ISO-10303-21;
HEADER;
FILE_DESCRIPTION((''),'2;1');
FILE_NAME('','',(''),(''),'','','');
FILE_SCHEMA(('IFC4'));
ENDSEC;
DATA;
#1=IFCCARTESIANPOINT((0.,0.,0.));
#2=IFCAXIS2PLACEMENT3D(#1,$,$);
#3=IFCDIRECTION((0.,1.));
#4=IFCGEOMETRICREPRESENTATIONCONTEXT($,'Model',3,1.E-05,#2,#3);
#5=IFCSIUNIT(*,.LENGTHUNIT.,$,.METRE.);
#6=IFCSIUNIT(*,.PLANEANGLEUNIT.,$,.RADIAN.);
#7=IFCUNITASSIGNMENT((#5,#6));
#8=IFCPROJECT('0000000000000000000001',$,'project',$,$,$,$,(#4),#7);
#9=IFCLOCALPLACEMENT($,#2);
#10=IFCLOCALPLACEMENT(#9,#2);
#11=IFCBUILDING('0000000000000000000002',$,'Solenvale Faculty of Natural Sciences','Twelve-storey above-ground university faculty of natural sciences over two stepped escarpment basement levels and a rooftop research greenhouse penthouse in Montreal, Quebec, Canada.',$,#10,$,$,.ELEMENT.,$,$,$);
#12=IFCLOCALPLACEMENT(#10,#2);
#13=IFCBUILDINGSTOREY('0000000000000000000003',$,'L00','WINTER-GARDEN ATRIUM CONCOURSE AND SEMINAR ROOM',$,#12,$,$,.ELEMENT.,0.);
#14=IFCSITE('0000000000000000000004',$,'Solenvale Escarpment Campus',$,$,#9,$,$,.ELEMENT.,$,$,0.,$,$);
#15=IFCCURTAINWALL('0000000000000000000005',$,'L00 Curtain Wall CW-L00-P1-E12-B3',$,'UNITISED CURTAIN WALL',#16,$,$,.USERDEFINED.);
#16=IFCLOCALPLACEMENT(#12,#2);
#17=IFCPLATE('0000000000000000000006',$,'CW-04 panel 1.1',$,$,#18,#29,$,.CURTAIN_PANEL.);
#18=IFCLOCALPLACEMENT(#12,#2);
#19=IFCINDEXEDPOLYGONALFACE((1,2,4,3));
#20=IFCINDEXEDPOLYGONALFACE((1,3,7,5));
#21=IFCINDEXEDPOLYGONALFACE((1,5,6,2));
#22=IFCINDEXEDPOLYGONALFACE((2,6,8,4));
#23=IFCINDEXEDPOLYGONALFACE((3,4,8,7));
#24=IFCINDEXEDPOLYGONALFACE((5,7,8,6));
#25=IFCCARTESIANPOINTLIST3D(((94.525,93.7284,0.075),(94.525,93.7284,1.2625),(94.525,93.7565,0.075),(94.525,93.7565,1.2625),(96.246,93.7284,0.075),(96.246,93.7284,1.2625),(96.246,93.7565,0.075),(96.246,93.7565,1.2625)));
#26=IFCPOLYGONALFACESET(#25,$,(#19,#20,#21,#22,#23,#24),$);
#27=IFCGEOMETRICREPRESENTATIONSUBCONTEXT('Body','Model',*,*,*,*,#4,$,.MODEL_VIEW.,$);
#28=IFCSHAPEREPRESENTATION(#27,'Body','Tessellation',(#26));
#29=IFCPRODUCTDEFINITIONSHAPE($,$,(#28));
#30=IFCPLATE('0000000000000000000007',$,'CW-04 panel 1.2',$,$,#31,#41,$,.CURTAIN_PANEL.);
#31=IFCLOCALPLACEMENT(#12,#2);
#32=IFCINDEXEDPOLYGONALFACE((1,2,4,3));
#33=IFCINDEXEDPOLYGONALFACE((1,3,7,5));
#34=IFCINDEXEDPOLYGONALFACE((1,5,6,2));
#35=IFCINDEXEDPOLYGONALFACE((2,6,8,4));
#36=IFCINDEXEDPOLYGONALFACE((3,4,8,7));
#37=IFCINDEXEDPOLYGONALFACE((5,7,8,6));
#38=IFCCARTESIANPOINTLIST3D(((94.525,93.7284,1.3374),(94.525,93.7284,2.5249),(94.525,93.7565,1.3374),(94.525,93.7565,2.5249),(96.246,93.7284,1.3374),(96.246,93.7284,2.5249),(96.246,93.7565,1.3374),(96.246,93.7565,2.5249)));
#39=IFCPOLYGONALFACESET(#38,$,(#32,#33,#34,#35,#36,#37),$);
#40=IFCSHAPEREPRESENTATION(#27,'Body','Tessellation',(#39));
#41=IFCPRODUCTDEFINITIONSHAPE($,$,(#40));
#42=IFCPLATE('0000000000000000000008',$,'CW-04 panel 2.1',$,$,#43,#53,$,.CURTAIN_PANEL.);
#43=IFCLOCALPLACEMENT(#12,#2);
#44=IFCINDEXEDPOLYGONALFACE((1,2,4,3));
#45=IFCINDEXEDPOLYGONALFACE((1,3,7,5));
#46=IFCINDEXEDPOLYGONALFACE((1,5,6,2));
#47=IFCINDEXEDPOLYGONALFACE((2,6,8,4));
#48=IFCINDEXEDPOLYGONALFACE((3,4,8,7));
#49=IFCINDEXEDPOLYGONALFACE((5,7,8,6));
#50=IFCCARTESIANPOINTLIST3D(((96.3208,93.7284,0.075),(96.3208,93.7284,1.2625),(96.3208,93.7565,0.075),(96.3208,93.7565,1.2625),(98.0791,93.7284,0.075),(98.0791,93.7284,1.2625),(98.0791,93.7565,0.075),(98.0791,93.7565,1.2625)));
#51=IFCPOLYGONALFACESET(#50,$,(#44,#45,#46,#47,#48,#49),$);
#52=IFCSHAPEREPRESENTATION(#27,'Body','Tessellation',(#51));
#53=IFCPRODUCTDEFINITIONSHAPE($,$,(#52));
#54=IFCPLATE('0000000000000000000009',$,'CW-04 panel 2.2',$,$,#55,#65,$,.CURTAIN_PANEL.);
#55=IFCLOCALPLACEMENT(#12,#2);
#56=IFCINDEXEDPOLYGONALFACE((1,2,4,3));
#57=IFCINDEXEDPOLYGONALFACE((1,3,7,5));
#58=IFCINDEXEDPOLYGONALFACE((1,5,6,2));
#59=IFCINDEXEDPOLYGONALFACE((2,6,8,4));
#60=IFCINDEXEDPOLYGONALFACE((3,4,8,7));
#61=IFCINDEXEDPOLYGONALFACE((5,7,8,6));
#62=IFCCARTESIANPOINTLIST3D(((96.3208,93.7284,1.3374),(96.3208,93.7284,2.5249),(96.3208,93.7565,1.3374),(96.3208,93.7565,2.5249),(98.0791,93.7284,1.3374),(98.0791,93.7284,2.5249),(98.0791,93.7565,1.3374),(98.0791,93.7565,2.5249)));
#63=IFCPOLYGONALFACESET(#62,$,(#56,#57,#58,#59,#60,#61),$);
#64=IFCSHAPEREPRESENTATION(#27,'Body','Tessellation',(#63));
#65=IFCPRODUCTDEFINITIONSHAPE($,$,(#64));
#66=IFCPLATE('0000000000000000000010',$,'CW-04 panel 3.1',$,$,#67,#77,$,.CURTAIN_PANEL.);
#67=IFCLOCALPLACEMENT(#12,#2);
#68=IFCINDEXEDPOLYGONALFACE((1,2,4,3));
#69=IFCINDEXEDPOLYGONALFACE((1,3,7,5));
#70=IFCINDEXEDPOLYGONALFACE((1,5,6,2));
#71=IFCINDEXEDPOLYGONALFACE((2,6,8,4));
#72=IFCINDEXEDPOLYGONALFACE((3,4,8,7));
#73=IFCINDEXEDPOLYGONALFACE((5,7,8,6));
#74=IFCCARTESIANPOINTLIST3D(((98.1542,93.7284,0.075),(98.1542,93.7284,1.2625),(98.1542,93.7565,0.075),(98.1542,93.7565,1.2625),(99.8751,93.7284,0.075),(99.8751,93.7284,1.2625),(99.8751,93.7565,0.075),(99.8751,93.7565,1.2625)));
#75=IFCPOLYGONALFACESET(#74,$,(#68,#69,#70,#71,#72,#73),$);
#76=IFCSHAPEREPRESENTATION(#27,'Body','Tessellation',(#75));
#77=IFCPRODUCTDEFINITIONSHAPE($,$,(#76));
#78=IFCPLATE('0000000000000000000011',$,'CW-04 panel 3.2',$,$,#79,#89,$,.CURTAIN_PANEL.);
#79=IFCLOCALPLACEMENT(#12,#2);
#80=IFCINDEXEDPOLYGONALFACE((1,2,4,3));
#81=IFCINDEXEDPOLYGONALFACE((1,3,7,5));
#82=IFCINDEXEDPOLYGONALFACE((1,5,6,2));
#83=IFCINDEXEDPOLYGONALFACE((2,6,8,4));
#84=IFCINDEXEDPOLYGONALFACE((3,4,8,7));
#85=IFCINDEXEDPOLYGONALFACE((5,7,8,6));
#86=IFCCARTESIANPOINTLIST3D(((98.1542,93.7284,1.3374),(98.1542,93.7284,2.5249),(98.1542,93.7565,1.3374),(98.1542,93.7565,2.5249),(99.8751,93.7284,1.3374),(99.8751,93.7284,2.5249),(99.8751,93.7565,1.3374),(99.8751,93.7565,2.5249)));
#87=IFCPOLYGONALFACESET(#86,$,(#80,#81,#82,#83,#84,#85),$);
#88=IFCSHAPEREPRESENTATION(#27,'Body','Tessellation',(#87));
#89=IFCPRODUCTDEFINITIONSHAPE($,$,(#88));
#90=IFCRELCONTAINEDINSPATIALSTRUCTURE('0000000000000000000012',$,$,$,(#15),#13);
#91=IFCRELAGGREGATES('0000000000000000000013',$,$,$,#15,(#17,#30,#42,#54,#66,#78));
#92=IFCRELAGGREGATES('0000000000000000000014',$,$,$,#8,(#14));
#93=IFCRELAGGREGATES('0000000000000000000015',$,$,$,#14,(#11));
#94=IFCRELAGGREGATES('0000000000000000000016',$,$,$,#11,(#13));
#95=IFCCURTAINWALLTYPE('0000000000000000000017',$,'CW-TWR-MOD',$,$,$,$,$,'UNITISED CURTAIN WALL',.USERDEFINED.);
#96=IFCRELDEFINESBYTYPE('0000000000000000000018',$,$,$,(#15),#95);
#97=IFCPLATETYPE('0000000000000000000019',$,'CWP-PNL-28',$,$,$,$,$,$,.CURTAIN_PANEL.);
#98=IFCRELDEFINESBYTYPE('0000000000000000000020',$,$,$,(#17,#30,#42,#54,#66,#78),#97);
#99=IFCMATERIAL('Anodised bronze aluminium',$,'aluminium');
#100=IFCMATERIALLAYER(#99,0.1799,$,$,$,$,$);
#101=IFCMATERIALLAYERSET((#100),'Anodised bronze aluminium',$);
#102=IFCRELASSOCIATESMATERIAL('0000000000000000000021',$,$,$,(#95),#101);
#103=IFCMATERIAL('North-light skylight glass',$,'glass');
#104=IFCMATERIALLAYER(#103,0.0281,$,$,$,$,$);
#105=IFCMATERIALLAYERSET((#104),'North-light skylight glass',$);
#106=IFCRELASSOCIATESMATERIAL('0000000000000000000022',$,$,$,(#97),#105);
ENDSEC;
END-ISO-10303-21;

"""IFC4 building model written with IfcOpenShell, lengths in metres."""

from ifc_helpers import new_model, si_unit, direction, frame, origin, origin_2d, place, context, subcontext, project, spatial, rectangle, extrude, material, layer, layer_set, type_object, element, aggregate, save


model = new_model("IFC4")

# Units and contexts
model_context = context("Model", 3, precision=1e-05, world=origin(), true_north=direction((0.0, 1.0)))
body_context = subcontext(model_context, "Body", "Model", "MODEL_VIEW")
ifc_project = project(units=[si_unit("LENGTHUNIT", "METRE"), si_unit("PLANEANGLEUNIT", "RADIAN")], contexts=[model_context])

# Site, building, storey
site_placement = place(None, origin())
site = spatial("IfcSite", under=ifc_project, at=site_placement, Name="Solenvale Escarpment Campus", CompositionType="ELEMENT", RefElevation=0.0)
building_placement = place(site_placement, origin())
building = spatial("IfcBuilding", under=site, at=building_placement, Name="Solenvale Faculty of Natural Sciences", Description="Twelve-storey above-ground university faculty of natural sciences over two stepped escarpment basement levels and a rooftop research greenhouse penthouse in Montreal, Quebec, Canada.", CompositionType="ELEMENT")
storey_placement = place(building_placement, origin())
storey = spatial("IfcBuildingStorey", under=building, at=storey_placement, Name="L00", Description="WINTER-GARDEN ATRIUM CONCOURSE AND SEMINAR ROOM", CompositionType="ELEMENT", Elevation=0.0)

# Curtain wall, plates
ifc_material_1 = material(Name="Anodised bronze aluminium", Category="aluminium")
ifc_layer_1 = layer(ifc_material_1, 0.1799)
ifc_layer_set_1 = layer_set([ifc_layer_1], Name="Anodised bronze aluminium")
curtain_wall_type = type_object("IfcCurtainWallType", Name="CW-TWR-MOD", ElementType="UNITISED CURTAIN WALL", PredefinedType="USERDEFINED", material=ifc_layer_set_1)
curtain_wall_placement = place(storey_placement, origin())
curtain_wall = element("IfcCurtainWall", 1, at=curtain_wall_placement, inside=storey, type_object=curtain_wall_type, Name="L00 Curtain Wall CW-L00-P1-E12-B3", ObjectType="UNITISED CURTAIN WALL", PredefinedType="USERDEFINED")
ifc_material_2 = material(Name="North-light skylight glass", Category="glass")
ifc_layer_2 = layer(ifc_material_2, 0.0281)
ifc_layer_set_2 = layer_set([ifc_layer_2], Name="North-light skylight glass")
plate_type = type_object("IfcPlateType", Name="CWP-PNL-28", PredefinedType="CURTAIN_PANEL", material=ifc_layer_set_2)
plate_1_placement = place(storey_placement, frame((95.3855, 93.7424, 0.075), z_axis=(0.0, 0.0, 1.0), x_axis=(1.0, 0.0, 0.0)))
plate_1 = element("IfcPlate", 2, at=plate_1_placement, type_object=plate_type, Name="CW-04 panel 1.1", PredefinedType="CURTAIN_PANEL", context=body_context, shape_type="SweptSolid", body=[
    extrude(rectangle(XDim=1.7209, YDim=0.0281, at=origin_2d()), origin(), (0.0, 0.0, 1.0), 1.1875),
])
plate_2_placement = place(storey_placement, frame((95.3855, 93.7424, 1.3374), z_axis=(0.0, 0.0, 1.0), x_axis=(1.0, 0.0, 0.0)))
plate_2 = element("IfcPlate", 3, at=plate_2_placement, type_object=plate_type, Name="CW-04 panel 1.2", PredefinedType="CURTAIN_PANEL", context=body_context, shape_type="SweptSolid", body=[
    extrude(rectangle(XDim=1.7209, YDim=0.0281, at=origin_2d()), origin(), (0.0, 0.0, 1.0), 1.1875),
])
plate_3_placement = place(storey_placement, frame((97.2, 93.7424, 0.075), z_axis=(0.0, 0.0, 1.0), x_axis=(1.0, 0.0, 0.0)))
plate_3 = element("IfcPlate", 4, at=plate_3_placement, type_object=plate_type, Name="CW-04 panel 2.1", PredefinedType="CURTAIN_PANEL", context=body_context, shape_type="SweptSolid", body=[
    extrude(rectangle(XDim=1.7583, YDim=0.0281, at=origin_2d()), origin(), (0.0, 0.0, 1.0), 1.1875),
])
plate_4_placement = place(storey_placement, frame((97.2, 93.7424, 1.3374), z_axis=(0.0, 0.0, 1.0), x_axis=(1.0, 0.0, 0.0)))
plate_4 = element("IfcPlate", 5, at=plate_4_placement, type_object=plate_type, Name="CW-04 panel 2.2", PredefinedType="CURTAIN_PANEL", context=body_context, shape_type="SweptSolid", body=[
    extrude(rectangle(XDim=1.7583, YDim=0.0281, at=origin_2d()), origin(), (0.0, 0.0, 1.0), 1.1875),
])
plate_5_placement = place(storey_placement, frame((99.0146, 93.7424, 0.075), z_axis=(0.0, 0.0, 1.0), x_axis=(1.0, 0.0, 0.0)))
plate_5 = element("IfcPlate", 6, at=plate_5_placement, type_object=plate_type, Name="CW-04 panel 3.1", PredefinedType="CURTAIN_PANEL", context=body_context, shape_type="SweptSolid", body=[
    extrude(rectangle(XDim=1.7209, YDim=0.0281, at=origin_2d()), origin(), (0.0, 0.0, 1.0), 1.1875),
])
plate_6_placement = place(storey_placement, frame((99.0146, 93.7424, 1.3374), z_axis=(0.0, 0.0, 1.0), x_axis=(1.0, 0.0, 0.0)))
plate_6 = element("IfcPlate", 7, at=plate_6_placement, type_object=plate_type, Name="CW-04 panel 3.2", PredefinedType="CURTAIN_PANEL", context=body_context, shape_type="SweptSolid", body=[
    extrude(rectangle(XDim=1.7209, YDim=0.0281, at=origin_2d()), origin(), (0.0, 0.0, 1.0), 1.1875),
])
aggregate(curtain_wall, [plate_1, plate_2, plate_3, plate_4, plate_5, plate_6])

save(model, "model.ifc")
